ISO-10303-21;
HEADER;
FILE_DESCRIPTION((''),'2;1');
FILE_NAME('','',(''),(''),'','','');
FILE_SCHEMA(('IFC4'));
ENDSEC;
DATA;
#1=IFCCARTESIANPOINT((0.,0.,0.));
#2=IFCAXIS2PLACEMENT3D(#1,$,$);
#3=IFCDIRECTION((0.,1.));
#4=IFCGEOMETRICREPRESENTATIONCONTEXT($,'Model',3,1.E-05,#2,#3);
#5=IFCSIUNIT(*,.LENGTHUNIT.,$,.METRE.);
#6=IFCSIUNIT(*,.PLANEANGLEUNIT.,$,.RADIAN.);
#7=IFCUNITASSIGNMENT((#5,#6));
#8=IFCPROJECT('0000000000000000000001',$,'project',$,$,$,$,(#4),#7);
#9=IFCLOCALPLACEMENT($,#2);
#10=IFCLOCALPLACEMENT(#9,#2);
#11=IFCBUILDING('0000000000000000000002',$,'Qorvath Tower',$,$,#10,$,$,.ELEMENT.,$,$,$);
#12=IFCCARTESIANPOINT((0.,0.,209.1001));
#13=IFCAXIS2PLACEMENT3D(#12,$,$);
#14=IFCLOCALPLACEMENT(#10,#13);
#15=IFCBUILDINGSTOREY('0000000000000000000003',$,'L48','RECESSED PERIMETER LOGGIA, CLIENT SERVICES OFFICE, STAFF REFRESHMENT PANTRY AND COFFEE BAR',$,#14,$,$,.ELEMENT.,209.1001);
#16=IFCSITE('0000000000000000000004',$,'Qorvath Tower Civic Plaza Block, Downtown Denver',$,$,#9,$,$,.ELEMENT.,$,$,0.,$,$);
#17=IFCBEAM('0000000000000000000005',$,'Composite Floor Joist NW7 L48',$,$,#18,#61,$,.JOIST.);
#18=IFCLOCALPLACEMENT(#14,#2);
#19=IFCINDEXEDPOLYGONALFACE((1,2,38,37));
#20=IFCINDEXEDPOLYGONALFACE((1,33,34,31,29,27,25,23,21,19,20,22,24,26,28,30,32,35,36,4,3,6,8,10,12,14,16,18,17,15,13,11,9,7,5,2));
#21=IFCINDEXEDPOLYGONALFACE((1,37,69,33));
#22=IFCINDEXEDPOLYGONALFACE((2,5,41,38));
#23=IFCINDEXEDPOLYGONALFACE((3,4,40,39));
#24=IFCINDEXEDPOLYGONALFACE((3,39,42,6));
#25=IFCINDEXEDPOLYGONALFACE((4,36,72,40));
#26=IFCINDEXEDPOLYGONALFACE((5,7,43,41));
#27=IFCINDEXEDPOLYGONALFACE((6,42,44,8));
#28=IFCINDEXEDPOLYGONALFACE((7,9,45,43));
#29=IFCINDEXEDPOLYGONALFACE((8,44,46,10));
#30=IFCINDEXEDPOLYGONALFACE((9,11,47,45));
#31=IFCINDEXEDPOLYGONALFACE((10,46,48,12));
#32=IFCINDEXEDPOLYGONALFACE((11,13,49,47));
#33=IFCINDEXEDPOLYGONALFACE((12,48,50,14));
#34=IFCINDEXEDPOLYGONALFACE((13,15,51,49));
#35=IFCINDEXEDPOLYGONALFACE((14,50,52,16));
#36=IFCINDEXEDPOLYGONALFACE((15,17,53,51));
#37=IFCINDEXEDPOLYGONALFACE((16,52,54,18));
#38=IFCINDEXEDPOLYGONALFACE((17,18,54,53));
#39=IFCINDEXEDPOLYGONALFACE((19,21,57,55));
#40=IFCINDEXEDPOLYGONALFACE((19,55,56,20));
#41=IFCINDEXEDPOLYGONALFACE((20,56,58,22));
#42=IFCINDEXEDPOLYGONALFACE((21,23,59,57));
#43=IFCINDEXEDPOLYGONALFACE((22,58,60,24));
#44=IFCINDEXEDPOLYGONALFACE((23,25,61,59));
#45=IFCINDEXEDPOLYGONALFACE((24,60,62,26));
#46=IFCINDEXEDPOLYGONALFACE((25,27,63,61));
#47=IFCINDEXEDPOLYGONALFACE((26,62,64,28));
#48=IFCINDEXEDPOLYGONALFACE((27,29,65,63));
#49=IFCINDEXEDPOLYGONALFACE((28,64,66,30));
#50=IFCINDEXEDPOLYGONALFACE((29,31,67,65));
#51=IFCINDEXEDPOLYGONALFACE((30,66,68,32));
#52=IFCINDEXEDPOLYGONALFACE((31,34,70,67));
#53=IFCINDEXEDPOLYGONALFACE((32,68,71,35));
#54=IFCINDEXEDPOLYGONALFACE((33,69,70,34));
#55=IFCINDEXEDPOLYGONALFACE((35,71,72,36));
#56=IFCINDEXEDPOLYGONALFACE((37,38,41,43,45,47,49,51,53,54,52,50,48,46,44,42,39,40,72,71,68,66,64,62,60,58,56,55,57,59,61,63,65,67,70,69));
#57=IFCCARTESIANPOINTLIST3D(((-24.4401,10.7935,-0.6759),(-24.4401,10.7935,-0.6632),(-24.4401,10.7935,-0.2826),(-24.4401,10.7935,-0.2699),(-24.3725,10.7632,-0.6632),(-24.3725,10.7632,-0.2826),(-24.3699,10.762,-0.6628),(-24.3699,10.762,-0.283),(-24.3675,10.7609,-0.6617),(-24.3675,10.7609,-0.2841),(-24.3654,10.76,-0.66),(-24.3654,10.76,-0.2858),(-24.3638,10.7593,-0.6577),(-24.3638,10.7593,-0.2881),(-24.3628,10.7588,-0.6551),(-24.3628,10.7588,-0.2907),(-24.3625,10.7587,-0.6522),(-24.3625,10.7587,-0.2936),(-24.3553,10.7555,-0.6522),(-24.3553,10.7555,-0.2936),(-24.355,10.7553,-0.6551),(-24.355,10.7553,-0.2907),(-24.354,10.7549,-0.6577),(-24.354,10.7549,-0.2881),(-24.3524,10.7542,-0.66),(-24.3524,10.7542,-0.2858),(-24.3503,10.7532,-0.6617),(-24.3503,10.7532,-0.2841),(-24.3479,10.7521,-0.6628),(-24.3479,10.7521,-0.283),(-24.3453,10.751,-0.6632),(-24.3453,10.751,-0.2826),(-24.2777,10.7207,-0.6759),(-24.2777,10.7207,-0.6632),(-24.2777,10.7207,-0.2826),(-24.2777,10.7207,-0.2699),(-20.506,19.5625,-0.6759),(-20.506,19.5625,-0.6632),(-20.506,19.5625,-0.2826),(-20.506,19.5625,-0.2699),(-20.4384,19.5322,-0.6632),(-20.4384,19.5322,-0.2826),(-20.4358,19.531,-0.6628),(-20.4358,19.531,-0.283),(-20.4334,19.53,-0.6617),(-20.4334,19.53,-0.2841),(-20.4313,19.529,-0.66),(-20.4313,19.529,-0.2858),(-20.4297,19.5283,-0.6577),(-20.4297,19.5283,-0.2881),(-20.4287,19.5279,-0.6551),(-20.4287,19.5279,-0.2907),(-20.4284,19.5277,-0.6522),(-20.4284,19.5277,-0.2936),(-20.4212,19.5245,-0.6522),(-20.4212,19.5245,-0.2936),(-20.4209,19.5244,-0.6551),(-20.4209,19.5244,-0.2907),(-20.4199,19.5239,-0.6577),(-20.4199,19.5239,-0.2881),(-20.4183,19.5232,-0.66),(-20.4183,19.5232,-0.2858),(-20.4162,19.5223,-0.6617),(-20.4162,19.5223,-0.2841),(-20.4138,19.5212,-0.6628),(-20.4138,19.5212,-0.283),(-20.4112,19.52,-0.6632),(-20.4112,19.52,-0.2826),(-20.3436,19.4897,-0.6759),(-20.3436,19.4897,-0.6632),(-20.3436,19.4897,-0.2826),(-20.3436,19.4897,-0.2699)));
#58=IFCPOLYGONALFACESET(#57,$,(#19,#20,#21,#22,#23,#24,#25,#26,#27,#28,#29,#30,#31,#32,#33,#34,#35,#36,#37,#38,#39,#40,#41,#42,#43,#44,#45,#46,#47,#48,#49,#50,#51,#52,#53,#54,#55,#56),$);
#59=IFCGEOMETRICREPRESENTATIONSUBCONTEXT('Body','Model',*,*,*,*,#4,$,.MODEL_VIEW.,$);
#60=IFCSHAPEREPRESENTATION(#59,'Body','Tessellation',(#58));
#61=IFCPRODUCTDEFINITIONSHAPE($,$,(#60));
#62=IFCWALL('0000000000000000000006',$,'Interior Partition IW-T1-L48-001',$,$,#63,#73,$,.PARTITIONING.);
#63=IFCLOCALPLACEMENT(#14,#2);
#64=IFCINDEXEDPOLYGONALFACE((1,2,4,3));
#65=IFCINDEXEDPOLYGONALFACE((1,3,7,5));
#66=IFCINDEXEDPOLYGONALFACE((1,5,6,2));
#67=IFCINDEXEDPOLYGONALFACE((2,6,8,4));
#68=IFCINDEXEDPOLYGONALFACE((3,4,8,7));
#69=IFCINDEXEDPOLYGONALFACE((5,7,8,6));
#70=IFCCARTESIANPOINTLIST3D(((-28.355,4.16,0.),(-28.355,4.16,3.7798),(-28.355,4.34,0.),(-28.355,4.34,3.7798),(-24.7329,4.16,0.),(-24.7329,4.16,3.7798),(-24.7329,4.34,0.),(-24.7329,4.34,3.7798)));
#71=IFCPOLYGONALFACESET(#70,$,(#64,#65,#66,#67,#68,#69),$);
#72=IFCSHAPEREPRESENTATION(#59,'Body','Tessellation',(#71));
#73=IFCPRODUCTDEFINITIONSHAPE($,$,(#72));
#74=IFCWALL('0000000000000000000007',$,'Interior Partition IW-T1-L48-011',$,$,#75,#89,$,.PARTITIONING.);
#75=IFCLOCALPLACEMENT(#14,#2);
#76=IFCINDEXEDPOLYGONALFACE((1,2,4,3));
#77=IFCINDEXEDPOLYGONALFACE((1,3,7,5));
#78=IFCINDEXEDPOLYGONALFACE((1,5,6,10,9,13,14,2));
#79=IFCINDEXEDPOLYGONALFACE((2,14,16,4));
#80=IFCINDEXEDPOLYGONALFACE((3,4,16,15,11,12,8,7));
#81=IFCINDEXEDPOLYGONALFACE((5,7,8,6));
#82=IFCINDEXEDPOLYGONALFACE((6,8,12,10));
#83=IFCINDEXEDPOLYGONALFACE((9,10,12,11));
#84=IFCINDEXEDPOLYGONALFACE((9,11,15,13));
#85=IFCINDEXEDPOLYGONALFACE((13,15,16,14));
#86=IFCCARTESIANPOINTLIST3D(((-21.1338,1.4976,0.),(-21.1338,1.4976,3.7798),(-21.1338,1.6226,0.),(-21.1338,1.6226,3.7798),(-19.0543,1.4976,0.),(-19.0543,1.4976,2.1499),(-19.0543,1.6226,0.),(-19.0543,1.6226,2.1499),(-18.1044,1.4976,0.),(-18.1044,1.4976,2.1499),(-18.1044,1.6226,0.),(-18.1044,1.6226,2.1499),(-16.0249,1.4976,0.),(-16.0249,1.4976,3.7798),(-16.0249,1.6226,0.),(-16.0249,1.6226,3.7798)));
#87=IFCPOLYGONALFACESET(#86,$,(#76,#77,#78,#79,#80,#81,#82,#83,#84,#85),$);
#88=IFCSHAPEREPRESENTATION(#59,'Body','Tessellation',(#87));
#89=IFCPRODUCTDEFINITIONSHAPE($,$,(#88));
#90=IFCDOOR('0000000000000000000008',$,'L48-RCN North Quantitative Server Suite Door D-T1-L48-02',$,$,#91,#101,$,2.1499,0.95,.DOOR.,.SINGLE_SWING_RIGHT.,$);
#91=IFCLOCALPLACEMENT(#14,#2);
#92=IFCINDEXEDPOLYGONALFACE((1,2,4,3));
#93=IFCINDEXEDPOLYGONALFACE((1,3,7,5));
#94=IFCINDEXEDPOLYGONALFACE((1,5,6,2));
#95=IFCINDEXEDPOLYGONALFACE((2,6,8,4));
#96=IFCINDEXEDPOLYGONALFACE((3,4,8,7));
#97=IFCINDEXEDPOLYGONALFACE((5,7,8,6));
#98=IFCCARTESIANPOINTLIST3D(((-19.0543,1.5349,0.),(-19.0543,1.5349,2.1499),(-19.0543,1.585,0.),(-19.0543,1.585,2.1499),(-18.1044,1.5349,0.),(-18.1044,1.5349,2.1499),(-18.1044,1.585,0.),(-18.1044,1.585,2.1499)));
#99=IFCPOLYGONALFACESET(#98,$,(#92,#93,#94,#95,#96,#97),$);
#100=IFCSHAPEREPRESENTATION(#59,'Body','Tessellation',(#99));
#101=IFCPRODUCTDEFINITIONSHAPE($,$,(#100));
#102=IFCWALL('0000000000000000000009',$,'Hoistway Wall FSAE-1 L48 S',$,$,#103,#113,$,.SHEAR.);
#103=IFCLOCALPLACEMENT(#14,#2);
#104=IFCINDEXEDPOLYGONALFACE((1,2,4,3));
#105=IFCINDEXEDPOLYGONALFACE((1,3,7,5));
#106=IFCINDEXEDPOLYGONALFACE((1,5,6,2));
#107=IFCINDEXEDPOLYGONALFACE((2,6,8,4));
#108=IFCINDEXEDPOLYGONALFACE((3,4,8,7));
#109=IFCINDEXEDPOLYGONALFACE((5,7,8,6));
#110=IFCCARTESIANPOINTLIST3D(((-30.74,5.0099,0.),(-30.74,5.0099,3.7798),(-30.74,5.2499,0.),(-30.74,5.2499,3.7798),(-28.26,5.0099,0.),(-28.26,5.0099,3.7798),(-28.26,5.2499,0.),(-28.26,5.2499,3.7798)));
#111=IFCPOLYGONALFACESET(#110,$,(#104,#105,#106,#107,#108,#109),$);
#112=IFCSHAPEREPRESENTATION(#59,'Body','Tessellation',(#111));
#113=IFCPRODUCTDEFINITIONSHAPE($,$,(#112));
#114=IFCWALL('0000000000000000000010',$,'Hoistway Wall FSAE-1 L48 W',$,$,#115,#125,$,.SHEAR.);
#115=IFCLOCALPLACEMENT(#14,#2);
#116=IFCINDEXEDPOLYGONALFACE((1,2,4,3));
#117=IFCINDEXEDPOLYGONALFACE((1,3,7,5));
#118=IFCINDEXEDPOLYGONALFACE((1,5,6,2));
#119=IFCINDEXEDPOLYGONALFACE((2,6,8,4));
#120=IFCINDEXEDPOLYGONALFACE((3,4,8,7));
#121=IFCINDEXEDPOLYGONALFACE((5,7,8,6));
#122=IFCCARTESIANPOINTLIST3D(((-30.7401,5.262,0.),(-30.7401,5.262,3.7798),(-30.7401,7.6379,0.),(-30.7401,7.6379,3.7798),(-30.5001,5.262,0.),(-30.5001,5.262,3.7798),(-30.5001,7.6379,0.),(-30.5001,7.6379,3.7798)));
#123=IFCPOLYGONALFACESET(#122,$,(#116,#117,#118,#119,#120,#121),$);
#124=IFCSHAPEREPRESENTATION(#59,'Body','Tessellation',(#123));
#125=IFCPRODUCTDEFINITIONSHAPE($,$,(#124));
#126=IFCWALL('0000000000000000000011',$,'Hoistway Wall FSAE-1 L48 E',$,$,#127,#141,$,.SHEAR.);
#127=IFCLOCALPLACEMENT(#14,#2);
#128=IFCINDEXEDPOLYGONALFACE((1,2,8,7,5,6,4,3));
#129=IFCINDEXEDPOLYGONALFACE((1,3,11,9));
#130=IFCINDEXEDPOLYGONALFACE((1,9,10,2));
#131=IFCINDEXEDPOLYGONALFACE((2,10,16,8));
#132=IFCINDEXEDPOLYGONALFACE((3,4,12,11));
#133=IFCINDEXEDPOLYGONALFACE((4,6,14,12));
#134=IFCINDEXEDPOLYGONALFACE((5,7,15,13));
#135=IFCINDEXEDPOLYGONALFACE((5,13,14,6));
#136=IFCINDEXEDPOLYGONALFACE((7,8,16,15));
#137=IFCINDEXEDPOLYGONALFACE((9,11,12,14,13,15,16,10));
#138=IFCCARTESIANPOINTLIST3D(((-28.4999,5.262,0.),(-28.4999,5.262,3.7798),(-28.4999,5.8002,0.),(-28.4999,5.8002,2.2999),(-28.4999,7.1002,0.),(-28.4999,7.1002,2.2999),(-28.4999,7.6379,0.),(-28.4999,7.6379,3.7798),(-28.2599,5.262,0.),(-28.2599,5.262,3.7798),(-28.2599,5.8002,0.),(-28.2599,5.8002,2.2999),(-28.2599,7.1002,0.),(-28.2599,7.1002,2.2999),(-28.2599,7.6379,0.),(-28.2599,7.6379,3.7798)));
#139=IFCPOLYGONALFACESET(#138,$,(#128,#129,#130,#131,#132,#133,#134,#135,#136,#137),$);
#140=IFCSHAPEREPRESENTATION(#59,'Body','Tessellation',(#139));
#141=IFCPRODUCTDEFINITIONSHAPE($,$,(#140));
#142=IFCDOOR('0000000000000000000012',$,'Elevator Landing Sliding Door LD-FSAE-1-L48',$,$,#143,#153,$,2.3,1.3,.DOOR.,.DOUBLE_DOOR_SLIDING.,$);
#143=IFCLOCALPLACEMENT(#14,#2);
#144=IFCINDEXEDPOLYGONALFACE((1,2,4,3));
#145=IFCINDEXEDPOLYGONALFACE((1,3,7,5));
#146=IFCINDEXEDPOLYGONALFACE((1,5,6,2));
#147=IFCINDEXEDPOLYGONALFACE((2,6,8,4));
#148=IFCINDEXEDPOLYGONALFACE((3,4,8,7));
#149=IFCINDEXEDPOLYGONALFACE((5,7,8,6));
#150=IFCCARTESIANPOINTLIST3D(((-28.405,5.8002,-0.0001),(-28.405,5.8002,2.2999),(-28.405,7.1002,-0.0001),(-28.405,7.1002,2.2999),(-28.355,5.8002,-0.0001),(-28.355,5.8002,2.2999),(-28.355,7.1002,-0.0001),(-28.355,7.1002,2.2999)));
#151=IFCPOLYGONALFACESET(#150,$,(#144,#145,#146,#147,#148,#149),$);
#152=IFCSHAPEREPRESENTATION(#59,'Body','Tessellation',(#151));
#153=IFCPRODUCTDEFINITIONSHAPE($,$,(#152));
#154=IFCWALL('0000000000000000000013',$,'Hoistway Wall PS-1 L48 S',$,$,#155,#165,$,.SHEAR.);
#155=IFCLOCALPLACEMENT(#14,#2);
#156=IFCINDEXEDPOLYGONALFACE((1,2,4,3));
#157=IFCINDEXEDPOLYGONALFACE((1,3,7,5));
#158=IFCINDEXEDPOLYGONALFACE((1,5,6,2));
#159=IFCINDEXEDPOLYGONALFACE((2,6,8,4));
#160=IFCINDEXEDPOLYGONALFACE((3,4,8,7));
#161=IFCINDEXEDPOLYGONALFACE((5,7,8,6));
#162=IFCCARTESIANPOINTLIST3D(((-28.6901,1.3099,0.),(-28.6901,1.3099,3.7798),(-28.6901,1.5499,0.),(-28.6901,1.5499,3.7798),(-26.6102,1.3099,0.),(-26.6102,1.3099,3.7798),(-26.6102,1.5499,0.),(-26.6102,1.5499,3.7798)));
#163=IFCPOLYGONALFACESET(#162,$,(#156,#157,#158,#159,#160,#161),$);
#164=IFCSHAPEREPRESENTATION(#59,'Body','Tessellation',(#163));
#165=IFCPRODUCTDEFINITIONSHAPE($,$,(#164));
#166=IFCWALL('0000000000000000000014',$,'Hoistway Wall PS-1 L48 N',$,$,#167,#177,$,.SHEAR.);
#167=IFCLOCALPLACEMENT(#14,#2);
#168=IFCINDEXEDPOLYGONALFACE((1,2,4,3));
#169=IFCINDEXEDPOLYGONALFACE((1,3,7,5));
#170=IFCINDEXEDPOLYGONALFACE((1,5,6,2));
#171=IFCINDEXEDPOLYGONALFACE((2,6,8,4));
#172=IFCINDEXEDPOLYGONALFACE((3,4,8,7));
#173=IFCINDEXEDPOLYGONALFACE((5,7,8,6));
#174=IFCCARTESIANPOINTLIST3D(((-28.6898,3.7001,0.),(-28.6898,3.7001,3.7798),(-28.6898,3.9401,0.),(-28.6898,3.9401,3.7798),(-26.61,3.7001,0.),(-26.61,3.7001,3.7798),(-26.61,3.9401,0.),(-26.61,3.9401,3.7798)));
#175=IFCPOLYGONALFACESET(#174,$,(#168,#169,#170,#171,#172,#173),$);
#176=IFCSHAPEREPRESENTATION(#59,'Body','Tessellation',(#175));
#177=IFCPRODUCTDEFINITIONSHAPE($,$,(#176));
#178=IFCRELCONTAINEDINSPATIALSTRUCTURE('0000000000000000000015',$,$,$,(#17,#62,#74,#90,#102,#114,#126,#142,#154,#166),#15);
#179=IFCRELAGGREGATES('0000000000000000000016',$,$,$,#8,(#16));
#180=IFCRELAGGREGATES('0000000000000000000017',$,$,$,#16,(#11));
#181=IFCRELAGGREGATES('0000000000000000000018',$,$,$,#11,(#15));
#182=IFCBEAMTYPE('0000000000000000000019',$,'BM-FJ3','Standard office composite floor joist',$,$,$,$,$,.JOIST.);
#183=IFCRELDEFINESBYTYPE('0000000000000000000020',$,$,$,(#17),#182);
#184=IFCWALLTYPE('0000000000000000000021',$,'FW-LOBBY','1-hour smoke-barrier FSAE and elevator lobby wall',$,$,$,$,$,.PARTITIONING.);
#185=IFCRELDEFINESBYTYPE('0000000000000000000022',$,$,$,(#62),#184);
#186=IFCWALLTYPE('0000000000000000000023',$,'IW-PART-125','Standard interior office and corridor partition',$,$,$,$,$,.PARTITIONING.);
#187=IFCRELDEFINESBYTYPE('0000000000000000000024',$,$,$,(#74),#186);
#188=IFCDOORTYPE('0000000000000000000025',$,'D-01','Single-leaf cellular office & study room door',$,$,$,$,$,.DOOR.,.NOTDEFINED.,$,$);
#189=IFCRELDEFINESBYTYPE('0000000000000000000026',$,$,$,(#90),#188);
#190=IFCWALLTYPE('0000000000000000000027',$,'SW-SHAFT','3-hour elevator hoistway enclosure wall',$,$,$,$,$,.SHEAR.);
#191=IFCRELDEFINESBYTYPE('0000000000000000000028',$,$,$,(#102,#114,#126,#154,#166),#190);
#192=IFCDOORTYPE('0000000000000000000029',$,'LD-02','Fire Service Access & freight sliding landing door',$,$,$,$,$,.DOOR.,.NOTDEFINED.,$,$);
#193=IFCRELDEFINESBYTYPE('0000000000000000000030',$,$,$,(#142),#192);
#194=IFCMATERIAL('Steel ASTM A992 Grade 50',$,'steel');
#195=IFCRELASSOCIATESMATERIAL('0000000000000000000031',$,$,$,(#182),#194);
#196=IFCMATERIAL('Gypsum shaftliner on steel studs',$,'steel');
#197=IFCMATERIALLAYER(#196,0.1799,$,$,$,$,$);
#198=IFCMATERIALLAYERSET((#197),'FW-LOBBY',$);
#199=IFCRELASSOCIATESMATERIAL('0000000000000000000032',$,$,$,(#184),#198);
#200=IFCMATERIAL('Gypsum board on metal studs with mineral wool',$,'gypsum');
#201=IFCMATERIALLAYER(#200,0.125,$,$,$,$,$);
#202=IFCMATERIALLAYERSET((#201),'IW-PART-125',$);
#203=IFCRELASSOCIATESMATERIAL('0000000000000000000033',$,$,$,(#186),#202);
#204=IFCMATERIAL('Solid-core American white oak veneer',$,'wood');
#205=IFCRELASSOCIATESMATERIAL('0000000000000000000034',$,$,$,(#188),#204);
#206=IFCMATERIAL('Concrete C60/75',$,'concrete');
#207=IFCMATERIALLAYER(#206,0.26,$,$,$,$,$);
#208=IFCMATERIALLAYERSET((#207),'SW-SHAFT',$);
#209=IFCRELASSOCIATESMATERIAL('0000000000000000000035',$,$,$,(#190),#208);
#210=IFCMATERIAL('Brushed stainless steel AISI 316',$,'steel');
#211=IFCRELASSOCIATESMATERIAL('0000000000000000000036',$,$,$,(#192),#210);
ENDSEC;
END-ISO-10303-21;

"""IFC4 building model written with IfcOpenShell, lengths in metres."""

from ifc_helpers import new_model, si_unit, direction, frame, frame_2d, origin, origin_2d, place, context, subcontext, project, spatial, rectangle, i_section, extrude, material, layer, layer_set, material_profile, profile_set, type_object, element, fill, save


model = new_model("IFC4")

# Units and contexts
model_context = context("Model", 3, precision=1e-05, world=origin(), true_north=direction((0.0, 1.0)))
body_context = subcontext(model_context, "Body", "Model", "MODEL_VIEW")
ifc_project = project(units=[si_unit("LENGTHUNIT", "METRE"), si_unit("PLANEANGLEUNIT", "RADIAN")], contexts=[model_context])

# Site, building, storey
site_placement = place(None, origin())
site = spatial("IfcSite", under=ifc_project, at=site_placement, Name="Qorvath Tower Civic Plaza Block, Downtown Denver", CompositionType="ELEMENT", RefElevation=0.0)
building_placement = place(site_placement, origin())
building = spatial("IfcBuilding", under=site, at=building_placement, Name="Qorvath Tower", CompositionType="ELEMENT")
storey_placement = place(building_placement, frame((0.0, 0.0, 209.1001)))
storey = spatial("IfcBuildingStorey", under=building, at=storey_placement, Name="L48", Description="RECESSED PERIMETER LOGGIA, CLIENT SERVICES OFFICE, STAFF REFRESHMENT PANTRY AND COFFEE BAR", CompositionType="ELEMENT", Elevation=209.1001)

# Beam
ifc_material_1 = material(Name="Steel ASTM A992 Grade 50", Category="steel")
ifc_material_profile_1 = material_profile(ifc_material_1, i_section(OverallWidth=0.178, OverallDepth=0.406, WebThickness=0.0078, FlangeThickness=0.0127, FilletRadius=0.011, at=origin_2d()), Name="W16x40")
ifc_profile_set_1 = profile_set([ifc_material_profile_1], Name="Steel ASTM A992 Grade 50")
beam_type_1 = type_object("IfcBeamType", Name="BM-FJ3", Description="Standard office composite floor joist", PredefinedType="JOIST", material=ifc_profile_set_1)
beam_1_placement = place(storey_placement, frame((-24.3589, 10.7571, -0.4729), z_axis=(0.409327, 0.912388, 0.0), x_axis=(-0.912388, 0.409327, 0.0)))
element("IfcBeam", 1, at=beam_1_placement, inside=storey, type_object=beam_type_1, Name="Composite Floor Joist NW7 L48", PredefinedType="JOIST", context=body_context, shape_type="SweptSolid", body=[
    extrude(i_section(OverallWidth=0.178, OverallDepth=0.406, WebThickness=0.0078, FlangeThickness=0.0127, FilletRadius=0.011, at=origin_2d()), origin(), (0.0, 0.0, 1.0), 9.6111),
])

# Wall
ifc_material_2 = material(Name="Gypsum shaftliner on steel studs", Category="steel")
ifc_layer_1 = layer(ifc_material_2, 0.1799)
ifc_layer_set_1 = layer_set([ifc_layer_1], Name="FW-LOBBY")
wall_type_1 = type_object("IfcWallType", Name="FW-LOBBY", Description="1-hour smoke-barrier FSAE and elevator lobby wall", PredefinedType="PARTITIONING", material=ifc_layer_set_1)
wall_1_placement = place(storey_placement, frame((-28.355, 4.25, 0.0), z_axis=(0.0, 0.0, 1.0), x_axis=(1.0, 0.0, 0.0)))
element("IfcWall", 2, at=wall_1_placement, inside=storey, type_object=wall_type_1, Name="Interior Partition IW-T1-L48-001", PredefinedType="PARTITIONING", context=body_context, shape_type="SweptSolid", body=[
    extrude(rectangle(XDim=3.6221, YDim=0.1799, at=frame_2d((1.811, 0.0))), origin(), (0.0, 0.0, 1.0), 3.7798),
])

# Wall, opening, door
ifc_material_3 = material(Name="Gypsum board on metal studs with mineral wool", Category="gypsum")
ifc_layer_2 = layer(ifc_material_3, 0.125)
ifc_layer_set_2 = layer_set([ifc_layer_2], Name="IW-PART-125")
wall_type_2 = type_object("IfcWallType", Name="IW-PART-125", Description="Standard interior office and corridor partition", PredefinedType="PARTITIONING", material=ifc_layer_set_2)
wall_2_placement = place(storey_placement, frame((-21.1338, 1.5601, 0.0), z_axis=(0.0, 0.0, 1.0), x_axis=(1.0, 0.0, 0.0)))
wall_2 = element("IfcWall", 3, at=wall_2_placement, inside=storey, type_object=wall_type_2, Name="Interior Partition IW-T1-L48-011", PredefinedType="PARTITIONING", context=body_context, shape_type="SweptSolid", body=[
    extrude(rectangle(XDim=5.1089, YDim=0.125, at=frame_2d((2.5544, 0.0))), origin(), (0.0, 0.0, 1.0), 3.7798),
])
opening_1_placement = place(wall_2_placement, frame((2.0793, 0.0, 0.0)))
opening_1 = element("IfcOpeningElement", 4, at=opening_1_placement, cuts=wall_2, PredefinedType="OPENING", context=body_context, shape_type="SweptSolid", body=[
    extrude(rectangle(XDim=0.95, YDim=2.1499, at=frame_2d((0.4751, 1.075))), frame((0.0, 0.0725, 0.0), z_axis=(0.0, -1.0, 0.0), x_axis=(1.0, 0.0, 0.0)), (0.0, 0.0, 1.0), 0.145),
])
ifc_material_4 = material(Name="Solid-core American white oak veneer", Category="wood")
door_type_1 = type_object("IfcDoorType", Name="D-01", Description="Single-leaf cellular office & study room door", OperationType="NOTDEFINED", PredefinedType="DOOR", material=ifc_material_4)
door_1_placement = place(opening_1_placement, origin())
door_1 = element("IfcDoor", 5, at=door_1_placement, inside=storey, type_object=door_type_1, Name="L48-RCN North Quantitative Server Suite Door D-T1-L48-02", OperationType="SINGLE_SWING_RIGHT", OverallHeight=2.1499, OverallWidth=0.95, PredefinedType="DOOR", context=body_context, shape_type="SweptSolid", body=[
    extrude(rectangle(XDim=0.95, YDim=2.1499, at=frame_2d((0.4751, 1.075))), frame((0.0, 0.0249, 0.0), z_axis=(0.0, -1.0, 0.0), x_axis=(1.0, 0.0, 0.0)), (0.0, 0.0, 1.0), 0.05),
])
fill(opening_1, door_1)

# Walls
ifc_material_5 = material(Name="Concrete C60/75", Category="concrete")
ifc_layer_3 = layer(ifc_material_5, 0.26)
ifc_layer_set_3 = layer_set([ifc_layer_3], Name="SW-SHAFT")
wall_type_3 = type_object("IfcWallType", Name="SW-SHAFT", Description="3-hour elevator hoistway enclosure wall", PredefinedType="SHEAR", material=ifc_layer_set_3)
wall_3_placement = place(storey_placement, frame((-28.26, 5.1299, 0.0), z_axis=(0.0, 0.0, 1.0), x_axis=(-1.0, 0.0, 0.0)))
element("IfcWall", 6, at=wall_3_placement, inside=storey, type_object=wall_type_3, Name="Hoistway Wall FSAE-1 L48 S", PredefinedType="SHEAR", context=body_context, shape_type="SweptSolid", body=[
    extrude(rectangle(XDim=2.48, YDim=0.24, at=frame_2d((1.24, 0.0))), origin(), (0.0, 0.0, 1.0), 3.7798),
])
wall_4_placement = place(storey_placement, frame((-30.6201, 5.262, 0.0), z_axis=(0.0, 0.0, 1.0), x_axis=(0.0, 1.0, 0.0)))
element("IfcWall", 7, at=wall_4_placement, inside=storey, type_object=wall_type_3, Name="Hoistway Wall FSAE-1 L48 W", PredefinedType="SHEAR", context=body_context, shape_type="SweptSolid", body=[
    extrude(rectangle(XDim=2.376, YDim=0.24, at=frame_2d((1.188, 0.0))), origin(), (0.0, 0.0, 1.0), 3.7798),
])

# Wall, opening, door
wall_5_placement = place(storey_placement, frame((-28.3799, 7.6379, 0.0), z_axis=(0.0, 0.0, 1.0), x_axis=(0.0, -1.0, 0.0)))
wall_5 = element("IfcWall", 8, at=wall_5_placement, inside=storey, type_object=wall_type_3, Name="Hoistway Wall FSAE-1 L48 E", PredefinedType="SHEAR", context=body_context, shape_type="SweptSolid", body=[
    extrude(rectangle(XDim=2.376, YDim=0.24, at=frame_2d((1.188, 0.0))), origin(), (0.0, 0.0, 1.0), 3.7798),
])
opening_2_placement = place(wall_5_placement, frame((0.5378, 0.0, 0.0)))
opening_2 = element("IfcOpeningElement", 9, at=opening_2_placement, cuts=wall_5, PredefinedType="OPENING", context=body_context, shape_type="SweptSolid", body=[
    extrude(rectangle(XDim=1.3, YDim=2.3, at=frame_2d((0.6499, 1.1499))), frame((0.0, 0.1299, 0.0), z_axis=(0.0, -1.0, 0.0), x_axis=(1.0, 0.0, 0.0)), (0.0, 0.0, 1.0), 0.26),
])
ifc_material_6 = material(Name="Brushed stainless steel AISI 316", Category="steel")
door_type_2 = type_object("IfcDoorType", Name="LD-02", Description="Fire Service Access & freight sliding landing door", OperationType="NOTDEFINED", PredefinedType="DOOR", material=ifc_material_6)
door_2_placement = place(opening_2_placement, origin())
door_2 = element("IfcDoor", 10, at=door_2_placement, inside=storey, type_object=door_type_2, Name="Elevator Landing Sliding Door LD-FSAE-1-L48", OperationType="DOUBLE_DOOR_SLIDING", OverallHeight=2.3, OverallWidth=1.3, PredefinedType="DOOR", context=body_context, shape_type="SweptSolid", body=[
    extrude(rectangle(XDim=1.3, YDim=2.3, at=frame_2d((0.6499, 1.1499))), frame((0.0, 0.0249, 0.0), z_axis=(0.0, -1.0, 0.0), x_axis=(1.0, 0.0, 0.0)), (0.0, 0.0, 1.0), 0.05),
])
fill(opening_2, door_2)

# Walls
for number, where, z_axis, x_axis, name in (
    (11, (-26.6101, 1.4299, 0.0), (0.0, 0.0, 1.0), (-1.0, 0.0, 0.0), "Hoistway Wall PS-1 L48 S"),
    (12, (-28.6899, 3.8201, 0.0), (0.0, 0.0, 1.0), (1.0, 0.0, 0.0), "Hoistway Wall PS-1 L48 N"),
):
    element("IfcWall", number, at=place(storey_placement, frame(where, z_axis=z_axis, x_axis=x_axis)), inside=storey, type_object=wall_type_3, Name=name, PredefinedType="SHEAR", context=body_context, shape_type="SweptSolid", body=[
        extrude(rectangle(XDim=2.0798, YDim=0.24, at=frame_2d((1.04, 0.0))), origin(), (0.0, 0.0, 1.0), 3.7798),
    ])

save(model, "model.ifc")
